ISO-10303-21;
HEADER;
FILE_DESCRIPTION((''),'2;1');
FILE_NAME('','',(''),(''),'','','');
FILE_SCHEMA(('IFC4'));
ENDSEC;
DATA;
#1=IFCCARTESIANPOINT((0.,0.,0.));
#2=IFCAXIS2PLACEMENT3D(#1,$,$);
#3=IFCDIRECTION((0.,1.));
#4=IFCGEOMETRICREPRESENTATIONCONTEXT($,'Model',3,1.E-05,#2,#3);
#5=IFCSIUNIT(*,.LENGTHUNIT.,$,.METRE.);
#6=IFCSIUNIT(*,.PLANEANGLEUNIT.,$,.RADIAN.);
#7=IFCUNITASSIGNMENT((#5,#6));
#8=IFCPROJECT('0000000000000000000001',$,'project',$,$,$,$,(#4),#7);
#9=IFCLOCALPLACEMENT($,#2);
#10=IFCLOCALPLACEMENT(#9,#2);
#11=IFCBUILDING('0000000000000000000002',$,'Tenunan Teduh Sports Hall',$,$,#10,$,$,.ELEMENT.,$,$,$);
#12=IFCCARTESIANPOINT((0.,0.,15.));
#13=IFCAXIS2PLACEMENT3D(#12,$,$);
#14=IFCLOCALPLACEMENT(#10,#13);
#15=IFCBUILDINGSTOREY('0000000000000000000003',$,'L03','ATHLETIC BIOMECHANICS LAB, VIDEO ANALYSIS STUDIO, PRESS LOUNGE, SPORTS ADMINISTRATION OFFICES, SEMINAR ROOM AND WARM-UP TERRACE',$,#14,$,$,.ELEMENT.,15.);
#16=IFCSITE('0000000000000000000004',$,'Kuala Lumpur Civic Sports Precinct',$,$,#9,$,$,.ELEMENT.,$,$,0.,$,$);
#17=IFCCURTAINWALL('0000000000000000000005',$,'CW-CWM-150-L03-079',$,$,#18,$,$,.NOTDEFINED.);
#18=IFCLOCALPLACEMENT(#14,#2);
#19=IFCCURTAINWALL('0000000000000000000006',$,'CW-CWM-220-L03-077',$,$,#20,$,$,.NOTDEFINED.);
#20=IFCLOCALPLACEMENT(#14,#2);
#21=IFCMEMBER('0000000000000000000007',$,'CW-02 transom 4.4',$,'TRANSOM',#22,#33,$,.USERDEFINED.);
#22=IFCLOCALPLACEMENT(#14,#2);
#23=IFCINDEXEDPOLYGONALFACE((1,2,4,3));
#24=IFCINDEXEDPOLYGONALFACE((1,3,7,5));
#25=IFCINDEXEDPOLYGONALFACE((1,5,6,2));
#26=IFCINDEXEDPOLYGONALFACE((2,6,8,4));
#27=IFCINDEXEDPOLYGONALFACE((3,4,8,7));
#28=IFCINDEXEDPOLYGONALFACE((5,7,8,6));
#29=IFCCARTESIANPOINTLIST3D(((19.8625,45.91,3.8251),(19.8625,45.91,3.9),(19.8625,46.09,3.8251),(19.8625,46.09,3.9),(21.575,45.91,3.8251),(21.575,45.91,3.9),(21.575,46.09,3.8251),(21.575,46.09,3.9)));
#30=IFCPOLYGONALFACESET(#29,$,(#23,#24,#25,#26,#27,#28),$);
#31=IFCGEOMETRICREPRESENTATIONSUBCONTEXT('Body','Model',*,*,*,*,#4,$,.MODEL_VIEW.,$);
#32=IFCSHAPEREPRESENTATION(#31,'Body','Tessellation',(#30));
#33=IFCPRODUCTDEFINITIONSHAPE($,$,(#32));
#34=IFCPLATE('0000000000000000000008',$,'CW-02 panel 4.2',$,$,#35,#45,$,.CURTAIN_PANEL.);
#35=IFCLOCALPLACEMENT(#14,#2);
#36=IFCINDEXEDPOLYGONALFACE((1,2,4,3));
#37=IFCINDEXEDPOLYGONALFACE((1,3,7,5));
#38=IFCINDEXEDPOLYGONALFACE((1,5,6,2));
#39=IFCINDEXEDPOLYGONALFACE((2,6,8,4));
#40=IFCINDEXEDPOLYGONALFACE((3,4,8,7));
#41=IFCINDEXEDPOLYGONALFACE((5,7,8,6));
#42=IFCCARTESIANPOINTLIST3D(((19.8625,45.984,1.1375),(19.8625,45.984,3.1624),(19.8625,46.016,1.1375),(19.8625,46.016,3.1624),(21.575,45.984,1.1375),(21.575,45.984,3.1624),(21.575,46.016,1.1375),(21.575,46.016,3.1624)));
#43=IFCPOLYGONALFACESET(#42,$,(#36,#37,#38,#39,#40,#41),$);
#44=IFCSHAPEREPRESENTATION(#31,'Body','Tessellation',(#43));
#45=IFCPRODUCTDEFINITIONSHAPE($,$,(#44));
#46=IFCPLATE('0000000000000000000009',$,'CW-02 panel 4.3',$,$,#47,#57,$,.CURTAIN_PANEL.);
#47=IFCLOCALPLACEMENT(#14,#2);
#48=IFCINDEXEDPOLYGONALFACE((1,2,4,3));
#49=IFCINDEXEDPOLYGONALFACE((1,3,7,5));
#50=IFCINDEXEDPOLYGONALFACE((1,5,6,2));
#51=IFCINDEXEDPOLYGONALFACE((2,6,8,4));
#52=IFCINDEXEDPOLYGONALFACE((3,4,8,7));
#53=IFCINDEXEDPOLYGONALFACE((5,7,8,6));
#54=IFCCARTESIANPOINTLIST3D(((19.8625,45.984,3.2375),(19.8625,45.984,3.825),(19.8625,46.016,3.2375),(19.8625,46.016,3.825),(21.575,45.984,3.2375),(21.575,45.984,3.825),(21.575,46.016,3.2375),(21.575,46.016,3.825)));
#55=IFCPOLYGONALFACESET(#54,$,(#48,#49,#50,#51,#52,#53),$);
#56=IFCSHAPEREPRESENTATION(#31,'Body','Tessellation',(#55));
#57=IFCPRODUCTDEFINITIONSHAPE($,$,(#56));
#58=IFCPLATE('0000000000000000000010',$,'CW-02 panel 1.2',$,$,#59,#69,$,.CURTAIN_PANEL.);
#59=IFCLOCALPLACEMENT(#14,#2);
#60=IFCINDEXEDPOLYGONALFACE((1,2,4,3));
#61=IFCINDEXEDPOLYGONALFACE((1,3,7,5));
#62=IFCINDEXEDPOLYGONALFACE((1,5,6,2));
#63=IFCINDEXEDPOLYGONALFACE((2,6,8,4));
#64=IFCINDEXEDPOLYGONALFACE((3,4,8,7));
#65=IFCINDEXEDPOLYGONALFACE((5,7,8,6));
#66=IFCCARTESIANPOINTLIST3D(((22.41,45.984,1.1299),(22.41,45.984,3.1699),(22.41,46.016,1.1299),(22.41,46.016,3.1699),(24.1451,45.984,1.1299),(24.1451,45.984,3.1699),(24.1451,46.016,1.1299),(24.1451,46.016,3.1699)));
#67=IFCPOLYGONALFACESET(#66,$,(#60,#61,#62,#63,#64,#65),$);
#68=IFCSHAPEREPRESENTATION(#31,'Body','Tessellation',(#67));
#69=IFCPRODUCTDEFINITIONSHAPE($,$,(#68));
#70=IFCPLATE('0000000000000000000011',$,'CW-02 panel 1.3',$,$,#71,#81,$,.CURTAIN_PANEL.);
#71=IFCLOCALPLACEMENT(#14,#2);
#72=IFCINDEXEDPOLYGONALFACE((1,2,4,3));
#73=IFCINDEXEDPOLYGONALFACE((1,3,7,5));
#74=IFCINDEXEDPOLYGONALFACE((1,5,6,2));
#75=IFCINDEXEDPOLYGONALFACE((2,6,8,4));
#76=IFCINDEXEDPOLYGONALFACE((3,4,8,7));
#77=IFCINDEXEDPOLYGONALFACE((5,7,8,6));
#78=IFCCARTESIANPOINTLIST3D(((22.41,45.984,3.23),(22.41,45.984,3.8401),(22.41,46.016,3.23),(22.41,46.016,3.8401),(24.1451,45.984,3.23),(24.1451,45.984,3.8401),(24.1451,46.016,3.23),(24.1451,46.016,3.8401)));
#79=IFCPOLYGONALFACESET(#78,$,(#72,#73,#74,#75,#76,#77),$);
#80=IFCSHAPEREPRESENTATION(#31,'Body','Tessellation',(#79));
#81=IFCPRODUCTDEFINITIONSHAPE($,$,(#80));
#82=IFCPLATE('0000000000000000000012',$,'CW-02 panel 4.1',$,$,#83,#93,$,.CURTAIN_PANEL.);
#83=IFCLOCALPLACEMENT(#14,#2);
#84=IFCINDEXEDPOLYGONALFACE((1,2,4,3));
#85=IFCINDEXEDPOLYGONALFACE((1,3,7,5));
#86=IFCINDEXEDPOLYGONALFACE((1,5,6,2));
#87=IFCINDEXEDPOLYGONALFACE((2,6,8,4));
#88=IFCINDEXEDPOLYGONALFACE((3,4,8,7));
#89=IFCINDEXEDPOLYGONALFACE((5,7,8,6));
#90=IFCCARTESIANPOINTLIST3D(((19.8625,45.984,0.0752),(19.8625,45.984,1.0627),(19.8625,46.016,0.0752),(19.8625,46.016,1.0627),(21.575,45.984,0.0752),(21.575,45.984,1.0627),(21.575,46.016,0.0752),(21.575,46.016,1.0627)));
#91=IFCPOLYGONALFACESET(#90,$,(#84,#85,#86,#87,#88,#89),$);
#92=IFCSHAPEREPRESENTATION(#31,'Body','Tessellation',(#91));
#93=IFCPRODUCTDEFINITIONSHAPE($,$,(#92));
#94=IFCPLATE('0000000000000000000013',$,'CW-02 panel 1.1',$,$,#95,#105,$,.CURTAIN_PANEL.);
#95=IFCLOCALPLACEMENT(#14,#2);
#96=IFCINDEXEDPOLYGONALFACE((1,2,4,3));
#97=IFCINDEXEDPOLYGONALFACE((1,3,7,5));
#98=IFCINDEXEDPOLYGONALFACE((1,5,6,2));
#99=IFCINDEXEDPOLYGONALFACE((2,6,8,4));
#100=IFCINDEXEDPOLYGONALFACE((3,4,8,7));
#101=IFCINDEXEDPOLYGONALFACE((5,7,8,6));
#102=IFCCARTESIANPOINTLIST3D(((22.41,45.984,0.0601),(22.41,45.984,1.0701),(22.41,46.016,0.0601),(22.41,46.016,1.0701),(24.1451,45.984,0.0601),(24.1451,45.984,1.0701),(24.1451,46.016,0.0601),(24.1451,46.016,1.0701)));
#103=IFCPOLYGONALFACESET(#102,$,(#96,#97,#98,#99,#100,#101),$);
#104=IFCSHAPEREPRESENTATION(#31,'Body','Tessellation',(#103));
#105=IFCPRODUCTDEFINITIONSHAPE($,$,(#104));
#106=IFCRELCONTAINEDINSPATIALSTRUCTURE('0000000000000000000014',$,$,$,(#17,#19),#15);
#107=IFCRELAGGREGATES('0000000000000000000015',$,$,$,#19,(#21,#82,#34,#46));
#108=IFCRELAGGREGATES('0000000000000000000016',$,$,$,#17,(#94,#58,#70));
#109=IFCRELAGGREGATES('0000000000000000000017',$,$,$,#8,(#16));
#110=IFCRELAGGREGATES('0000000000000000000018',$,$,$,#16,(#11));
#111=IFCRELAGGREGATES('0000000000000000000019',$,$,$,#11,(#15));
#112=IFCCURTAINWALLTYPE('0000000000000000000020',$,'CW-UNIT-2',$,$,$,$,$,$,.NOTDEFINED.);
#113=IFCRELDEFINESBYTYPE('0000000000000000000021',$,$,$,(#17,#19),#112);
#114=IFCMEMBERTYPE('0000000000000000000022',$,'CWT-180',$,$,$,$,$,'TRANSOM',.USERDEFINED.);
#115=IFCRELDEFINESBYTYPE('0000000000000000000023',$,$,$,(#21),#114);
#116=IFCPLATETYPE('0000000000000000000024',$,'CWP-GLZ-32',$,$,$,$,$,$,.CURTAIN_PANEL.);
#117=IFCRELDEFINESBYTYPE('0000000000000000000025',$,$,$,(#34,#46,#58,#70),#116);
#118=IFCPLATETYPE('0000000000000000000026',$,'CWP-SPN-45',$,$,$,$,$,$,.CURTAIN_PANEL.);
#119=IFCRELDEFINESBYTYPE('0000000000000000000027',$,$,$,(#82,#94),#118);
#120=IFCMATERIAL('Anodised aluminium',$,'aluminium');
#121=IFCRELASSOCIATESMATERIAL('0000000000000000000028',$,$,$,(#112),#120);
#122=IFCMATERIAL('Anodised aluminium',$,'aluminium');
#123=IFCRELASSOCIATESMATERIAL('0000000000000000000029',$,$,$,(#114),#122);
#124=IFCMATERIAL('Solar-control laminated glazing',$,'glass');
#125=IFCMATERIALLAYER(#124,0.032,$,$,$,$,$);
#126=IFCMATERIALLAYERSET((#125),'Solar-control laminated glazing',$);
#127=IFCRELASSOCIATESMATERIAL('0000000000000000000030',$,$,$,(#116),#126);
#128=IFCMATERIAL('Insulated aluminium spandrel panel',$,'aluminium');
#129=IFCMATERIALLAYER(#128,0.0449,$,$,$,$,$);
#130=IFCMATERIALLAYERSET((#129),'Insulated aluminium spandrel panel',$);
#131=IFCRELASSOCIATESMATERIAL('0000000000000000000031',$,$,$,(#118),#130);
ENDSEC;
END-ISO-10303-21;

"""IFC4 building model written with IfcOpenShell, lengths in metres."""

from ifc_helpers import new_model, si_unit, direction, frame, origin, origin_2d, place, context, subcontext, project, spatial, rectangle, extrude, material, layer, layer_set, material_profile, profile_set, type_object, element, aggregate, save


model = new_model("IFC4")

# Units and contexts
model_context = context("Model", 3, precision=1e-05, world=origin(), true_north=direction((0.0, 1.0)))
body_context = subcontext(model_context, "Body", "Model", "MODEL_VIEW")
ifc_project = project(units=[si_unit("LENGTHUNIT", "METRE"), si_unit("PLANEANGLEUNIT", "RADIAN")], contexts=[model_context])

# Site, building, storey
site_placement = place(None, origin())
site = spatial("IfcSite", under=ifc_project, at=site_placement, Name="Kuala Lumpur Civic Sports Precinct", CompositionType="ELEMENT", RefElevation=0.0)
building_placement = place(site_placement, origin())
building = spatial("IfcBuilding", under=site, at=building_placement, Name="Tenunan Teduh Sports Hall", CompositionType="ELEMENT")
storey_placement = place(building_placement, frame((0.0, 0.0, 15.0)))
storey = spatial("IfcBuildingStorey", under=building, at=storey_placement, Name="L03", Description="ATHLETIC BIOMECHANICS LAB, VIDEO ANALYSIS STUDIO, PRESS LOUNGE, SPORTS ADMINISTRATION OFFICES, SEMINAR ROOM AND WARM-UP TERRACE", CompositionType="ELEMENT", Elevation=15.0)

# Curtain wall
ifc_material_1 = material(Name="Anodised aluminium", Category="aluminium")
curtain_wall_type = type_object("IfcCurtainWallType", Name="CW-UNIT-2", PredefinedType="NOTDEFINED", material=ifc_material_1)
curtain_wall_1_placement = place(storey_placement, origin())
curtain_wall_1 = element("IfcCurtainWall", 1, at=curtain_wall_1_placement, inside=storey, type_object=curtain_wall_type, Name="CW-CWM-150-L03-079", PredefinedType="NOTDEFINED")

# Curtain wall
curtain_wall_2_placement = place(storey_placement, origin())
curtain_wall_2 = element("IfcCurtainWall", 2, at=curtain_wall_2_placement, inside=storey, type_object=curtain_wall_type, Name="CW-CWM-220-L03-077", PredefinedType="NOTDEFINED")

# Member
ifc_material_2 = material(Name="Anodised aluminium", Category="aluminium")
ifc_material_profile_1 = material_profile(ifc_material_2, rectangle(XDim=0.075, YDim=0.1799, at=origin_2d()), Name="CWT 75x180")
ifc_profile_set_1 = profile_set([ifc_material_profile_1], Name="Anodised aluminium")
member_type_1 = type_object("IfcMemberType", Name="CWT-180", ElementType="TRANSOM", PredefinedType="USERDEFINED", material=ifc_profile_set_1)
member_1_placement = place(storey_placement, frame((19.8625, 46.0, 3.8625), z_axis=(1.0, 0.0, 0.0), x_axis=(0.0, 0.0, 1.0)))
member_1 = element("IfcMember", 3, at=member_1_placement, type_object=member_type_1, Name="CW-02 transom 4.4", ObjectType="TRANSOM", PredefinedType="USERDEFINED", context=body_context, shape_type="SweptSolid", body=[
    extrude(rectangle(XDim=0.075, YDim=0.1799, at=origin_2d()), origin(), (0.0, 0.0, 1.0), 1.7124),
])

# Plates
ifc_material_3 = material(Name="Solar-control laminated glazing", Category="glass")
ifc_layer_1 = layer(ifc_material_3, 0.032)
ifc_layer_set_1 = layer_set([ifc_layer_1], Name="Solar-control laminated glazing")
plate_type_1 = type_object("IfcPlateType", Name="CWP-GLZ-32", PredefinedType="CURTAIN_PANEL", material=ifc_layer_set_1)
plate_1_placement = place(storey_placement, frame((20.7188, 46.0, 1.1375), z_axis=(0.0, 0.0, 1.0), x_axis=(1.0, 0.0, 0.0)))
plate_1 = element("IfcPlate", 4, at=plate_1_placement, type_object=plate_type_1, Name="CW-02 panel 4.2", PredefinedType="CURTAIN_PANEL", context=body_context, shape_type="SweptSolid", body=[
    extrude(rectangle(XDim=1.7124, YDim=0.032, at=origin_2d()), origin(), (0.0, 0.0, 1.0), 2.0249),
])
plate_2_placement = place(storey_placement, frame((20.7188, 46.0, 3.2375), z_axis=(0.0, 0.0, 1.0), x_axis=(1.0, 0.0, 0.0)))
plate_2 = element("IfcPlate", 5, at=plate_2_placement, type_object=plate_type_1, Name="CW-02 panel 4.3", PredefinedType="CURTAIN_PANEL", context=body_context, shape_type="SweptSolid", body=[
    extrude(rectangle(XDim=1.7124, YDim=0.032, at=origin_2d()), origin(), (0.0, 0.0, 1.0), 0.5874),
])
plate_3_placement = place(storey_placement, frame((23.2776, 46.0, 1.1299), z_axis=(0.0, 0.0, 1.0), x_axis=(1.0, 0.0, 0.0)))
plate_3 = element("IfcPlate", 6, at=plate_3_placement, type_object=plate_type_1, Name="CW-02 panel 1.2", PredefinedType="CURTAIN_PANEL", context=body_context, shape_type="SweptSolid", body=[
    extrude(rectangle(XDim=1.7351, YDim=0.032, at=origin_2d()), origin(), (0.0, 0.0, 1.0), 2.04),
])
plate_4_placement = place(storey_placement, frame((23.2776, 46.0, 3.23), z_axis=(0.0, 0.0, 1.0), x_axis=(1.0, 0.0, 0.0)))
plate_4 = element("IfcPlate", 7, at=plate_4_placement, type_object=plate_type_1, Name="CW-02 panel 1.3", PredefinedType="CURTAIN_PANEL", context=body_context, shape_type="SweptSolid", body=[
    extrude(rectangle(XDim=1.7351, YDim=0.032, at=origin_2d()), origin(), (0.0, 0.0, 1.0), 0.6101),
])
ifc_material_4 = material(Name="Insulated aluminium spandrel panel", Category="aluminium")
ifc_layer_2 = layer(ifc_material_4, 0.0449)
ifc_layer_set_2 = layer_set([ifc_layer_2], Name="Insulated aluminium spandrel panel")
plate_type_2 = type_object("IfcPlateType", Name="CWP-SPN-45", PredefinedType="CURTAIN_PANEL", material=ifc_layer_set_2)
plate_5_placement = place(storey_placement, frame((20.7188, 46.0, 0.0752), z_axis=(0.0, 0.0, 1.0), x_axis=(1.0, 0.0, 0.0)))
plate_5 = element("IfcPlate", 8, at=plate_5_placement, type_object=plate_type_2, Name="CW-02 panel 4.1", PredefinedType="CURTAIN_PANEL", context=body_context, shape_type="SweptSolid", body=[
    extrude(rectangle(XDim=1.7124, YDim=0.032, at=origin_2d()), origin(), (0.0, 0.0, 1.0), 0.9875),
])
aggregate(curtain_wall_2, [member_1, plate_5, plate_1, plate_2])
plate_6_placement = place(storey_placement, frame((23.2776, 46.0, 0.0601), z_axis=(0.0, 0.0, 1.0), x_axis=(1.0, 0.0, 0.0)))
plate_6 = element("IfcPlate", 9, at=plate_6_placement, type_object=plate_type_2, Name="CW-02 panel 1.1", PredefinedType="CURTAIN_PANEL", context=body_context, shape_type="SweptSolid", body=[
    extrude(rectangle(XDim=1.7351, YDim=0.032, at=origin_2d()), origin(), (0.0, 0.0, 1.0), 1.01),
])
aggregate(curtain_wall_1, [plate_6, plate_3, plate_4])

save(model, "model.ifc")
